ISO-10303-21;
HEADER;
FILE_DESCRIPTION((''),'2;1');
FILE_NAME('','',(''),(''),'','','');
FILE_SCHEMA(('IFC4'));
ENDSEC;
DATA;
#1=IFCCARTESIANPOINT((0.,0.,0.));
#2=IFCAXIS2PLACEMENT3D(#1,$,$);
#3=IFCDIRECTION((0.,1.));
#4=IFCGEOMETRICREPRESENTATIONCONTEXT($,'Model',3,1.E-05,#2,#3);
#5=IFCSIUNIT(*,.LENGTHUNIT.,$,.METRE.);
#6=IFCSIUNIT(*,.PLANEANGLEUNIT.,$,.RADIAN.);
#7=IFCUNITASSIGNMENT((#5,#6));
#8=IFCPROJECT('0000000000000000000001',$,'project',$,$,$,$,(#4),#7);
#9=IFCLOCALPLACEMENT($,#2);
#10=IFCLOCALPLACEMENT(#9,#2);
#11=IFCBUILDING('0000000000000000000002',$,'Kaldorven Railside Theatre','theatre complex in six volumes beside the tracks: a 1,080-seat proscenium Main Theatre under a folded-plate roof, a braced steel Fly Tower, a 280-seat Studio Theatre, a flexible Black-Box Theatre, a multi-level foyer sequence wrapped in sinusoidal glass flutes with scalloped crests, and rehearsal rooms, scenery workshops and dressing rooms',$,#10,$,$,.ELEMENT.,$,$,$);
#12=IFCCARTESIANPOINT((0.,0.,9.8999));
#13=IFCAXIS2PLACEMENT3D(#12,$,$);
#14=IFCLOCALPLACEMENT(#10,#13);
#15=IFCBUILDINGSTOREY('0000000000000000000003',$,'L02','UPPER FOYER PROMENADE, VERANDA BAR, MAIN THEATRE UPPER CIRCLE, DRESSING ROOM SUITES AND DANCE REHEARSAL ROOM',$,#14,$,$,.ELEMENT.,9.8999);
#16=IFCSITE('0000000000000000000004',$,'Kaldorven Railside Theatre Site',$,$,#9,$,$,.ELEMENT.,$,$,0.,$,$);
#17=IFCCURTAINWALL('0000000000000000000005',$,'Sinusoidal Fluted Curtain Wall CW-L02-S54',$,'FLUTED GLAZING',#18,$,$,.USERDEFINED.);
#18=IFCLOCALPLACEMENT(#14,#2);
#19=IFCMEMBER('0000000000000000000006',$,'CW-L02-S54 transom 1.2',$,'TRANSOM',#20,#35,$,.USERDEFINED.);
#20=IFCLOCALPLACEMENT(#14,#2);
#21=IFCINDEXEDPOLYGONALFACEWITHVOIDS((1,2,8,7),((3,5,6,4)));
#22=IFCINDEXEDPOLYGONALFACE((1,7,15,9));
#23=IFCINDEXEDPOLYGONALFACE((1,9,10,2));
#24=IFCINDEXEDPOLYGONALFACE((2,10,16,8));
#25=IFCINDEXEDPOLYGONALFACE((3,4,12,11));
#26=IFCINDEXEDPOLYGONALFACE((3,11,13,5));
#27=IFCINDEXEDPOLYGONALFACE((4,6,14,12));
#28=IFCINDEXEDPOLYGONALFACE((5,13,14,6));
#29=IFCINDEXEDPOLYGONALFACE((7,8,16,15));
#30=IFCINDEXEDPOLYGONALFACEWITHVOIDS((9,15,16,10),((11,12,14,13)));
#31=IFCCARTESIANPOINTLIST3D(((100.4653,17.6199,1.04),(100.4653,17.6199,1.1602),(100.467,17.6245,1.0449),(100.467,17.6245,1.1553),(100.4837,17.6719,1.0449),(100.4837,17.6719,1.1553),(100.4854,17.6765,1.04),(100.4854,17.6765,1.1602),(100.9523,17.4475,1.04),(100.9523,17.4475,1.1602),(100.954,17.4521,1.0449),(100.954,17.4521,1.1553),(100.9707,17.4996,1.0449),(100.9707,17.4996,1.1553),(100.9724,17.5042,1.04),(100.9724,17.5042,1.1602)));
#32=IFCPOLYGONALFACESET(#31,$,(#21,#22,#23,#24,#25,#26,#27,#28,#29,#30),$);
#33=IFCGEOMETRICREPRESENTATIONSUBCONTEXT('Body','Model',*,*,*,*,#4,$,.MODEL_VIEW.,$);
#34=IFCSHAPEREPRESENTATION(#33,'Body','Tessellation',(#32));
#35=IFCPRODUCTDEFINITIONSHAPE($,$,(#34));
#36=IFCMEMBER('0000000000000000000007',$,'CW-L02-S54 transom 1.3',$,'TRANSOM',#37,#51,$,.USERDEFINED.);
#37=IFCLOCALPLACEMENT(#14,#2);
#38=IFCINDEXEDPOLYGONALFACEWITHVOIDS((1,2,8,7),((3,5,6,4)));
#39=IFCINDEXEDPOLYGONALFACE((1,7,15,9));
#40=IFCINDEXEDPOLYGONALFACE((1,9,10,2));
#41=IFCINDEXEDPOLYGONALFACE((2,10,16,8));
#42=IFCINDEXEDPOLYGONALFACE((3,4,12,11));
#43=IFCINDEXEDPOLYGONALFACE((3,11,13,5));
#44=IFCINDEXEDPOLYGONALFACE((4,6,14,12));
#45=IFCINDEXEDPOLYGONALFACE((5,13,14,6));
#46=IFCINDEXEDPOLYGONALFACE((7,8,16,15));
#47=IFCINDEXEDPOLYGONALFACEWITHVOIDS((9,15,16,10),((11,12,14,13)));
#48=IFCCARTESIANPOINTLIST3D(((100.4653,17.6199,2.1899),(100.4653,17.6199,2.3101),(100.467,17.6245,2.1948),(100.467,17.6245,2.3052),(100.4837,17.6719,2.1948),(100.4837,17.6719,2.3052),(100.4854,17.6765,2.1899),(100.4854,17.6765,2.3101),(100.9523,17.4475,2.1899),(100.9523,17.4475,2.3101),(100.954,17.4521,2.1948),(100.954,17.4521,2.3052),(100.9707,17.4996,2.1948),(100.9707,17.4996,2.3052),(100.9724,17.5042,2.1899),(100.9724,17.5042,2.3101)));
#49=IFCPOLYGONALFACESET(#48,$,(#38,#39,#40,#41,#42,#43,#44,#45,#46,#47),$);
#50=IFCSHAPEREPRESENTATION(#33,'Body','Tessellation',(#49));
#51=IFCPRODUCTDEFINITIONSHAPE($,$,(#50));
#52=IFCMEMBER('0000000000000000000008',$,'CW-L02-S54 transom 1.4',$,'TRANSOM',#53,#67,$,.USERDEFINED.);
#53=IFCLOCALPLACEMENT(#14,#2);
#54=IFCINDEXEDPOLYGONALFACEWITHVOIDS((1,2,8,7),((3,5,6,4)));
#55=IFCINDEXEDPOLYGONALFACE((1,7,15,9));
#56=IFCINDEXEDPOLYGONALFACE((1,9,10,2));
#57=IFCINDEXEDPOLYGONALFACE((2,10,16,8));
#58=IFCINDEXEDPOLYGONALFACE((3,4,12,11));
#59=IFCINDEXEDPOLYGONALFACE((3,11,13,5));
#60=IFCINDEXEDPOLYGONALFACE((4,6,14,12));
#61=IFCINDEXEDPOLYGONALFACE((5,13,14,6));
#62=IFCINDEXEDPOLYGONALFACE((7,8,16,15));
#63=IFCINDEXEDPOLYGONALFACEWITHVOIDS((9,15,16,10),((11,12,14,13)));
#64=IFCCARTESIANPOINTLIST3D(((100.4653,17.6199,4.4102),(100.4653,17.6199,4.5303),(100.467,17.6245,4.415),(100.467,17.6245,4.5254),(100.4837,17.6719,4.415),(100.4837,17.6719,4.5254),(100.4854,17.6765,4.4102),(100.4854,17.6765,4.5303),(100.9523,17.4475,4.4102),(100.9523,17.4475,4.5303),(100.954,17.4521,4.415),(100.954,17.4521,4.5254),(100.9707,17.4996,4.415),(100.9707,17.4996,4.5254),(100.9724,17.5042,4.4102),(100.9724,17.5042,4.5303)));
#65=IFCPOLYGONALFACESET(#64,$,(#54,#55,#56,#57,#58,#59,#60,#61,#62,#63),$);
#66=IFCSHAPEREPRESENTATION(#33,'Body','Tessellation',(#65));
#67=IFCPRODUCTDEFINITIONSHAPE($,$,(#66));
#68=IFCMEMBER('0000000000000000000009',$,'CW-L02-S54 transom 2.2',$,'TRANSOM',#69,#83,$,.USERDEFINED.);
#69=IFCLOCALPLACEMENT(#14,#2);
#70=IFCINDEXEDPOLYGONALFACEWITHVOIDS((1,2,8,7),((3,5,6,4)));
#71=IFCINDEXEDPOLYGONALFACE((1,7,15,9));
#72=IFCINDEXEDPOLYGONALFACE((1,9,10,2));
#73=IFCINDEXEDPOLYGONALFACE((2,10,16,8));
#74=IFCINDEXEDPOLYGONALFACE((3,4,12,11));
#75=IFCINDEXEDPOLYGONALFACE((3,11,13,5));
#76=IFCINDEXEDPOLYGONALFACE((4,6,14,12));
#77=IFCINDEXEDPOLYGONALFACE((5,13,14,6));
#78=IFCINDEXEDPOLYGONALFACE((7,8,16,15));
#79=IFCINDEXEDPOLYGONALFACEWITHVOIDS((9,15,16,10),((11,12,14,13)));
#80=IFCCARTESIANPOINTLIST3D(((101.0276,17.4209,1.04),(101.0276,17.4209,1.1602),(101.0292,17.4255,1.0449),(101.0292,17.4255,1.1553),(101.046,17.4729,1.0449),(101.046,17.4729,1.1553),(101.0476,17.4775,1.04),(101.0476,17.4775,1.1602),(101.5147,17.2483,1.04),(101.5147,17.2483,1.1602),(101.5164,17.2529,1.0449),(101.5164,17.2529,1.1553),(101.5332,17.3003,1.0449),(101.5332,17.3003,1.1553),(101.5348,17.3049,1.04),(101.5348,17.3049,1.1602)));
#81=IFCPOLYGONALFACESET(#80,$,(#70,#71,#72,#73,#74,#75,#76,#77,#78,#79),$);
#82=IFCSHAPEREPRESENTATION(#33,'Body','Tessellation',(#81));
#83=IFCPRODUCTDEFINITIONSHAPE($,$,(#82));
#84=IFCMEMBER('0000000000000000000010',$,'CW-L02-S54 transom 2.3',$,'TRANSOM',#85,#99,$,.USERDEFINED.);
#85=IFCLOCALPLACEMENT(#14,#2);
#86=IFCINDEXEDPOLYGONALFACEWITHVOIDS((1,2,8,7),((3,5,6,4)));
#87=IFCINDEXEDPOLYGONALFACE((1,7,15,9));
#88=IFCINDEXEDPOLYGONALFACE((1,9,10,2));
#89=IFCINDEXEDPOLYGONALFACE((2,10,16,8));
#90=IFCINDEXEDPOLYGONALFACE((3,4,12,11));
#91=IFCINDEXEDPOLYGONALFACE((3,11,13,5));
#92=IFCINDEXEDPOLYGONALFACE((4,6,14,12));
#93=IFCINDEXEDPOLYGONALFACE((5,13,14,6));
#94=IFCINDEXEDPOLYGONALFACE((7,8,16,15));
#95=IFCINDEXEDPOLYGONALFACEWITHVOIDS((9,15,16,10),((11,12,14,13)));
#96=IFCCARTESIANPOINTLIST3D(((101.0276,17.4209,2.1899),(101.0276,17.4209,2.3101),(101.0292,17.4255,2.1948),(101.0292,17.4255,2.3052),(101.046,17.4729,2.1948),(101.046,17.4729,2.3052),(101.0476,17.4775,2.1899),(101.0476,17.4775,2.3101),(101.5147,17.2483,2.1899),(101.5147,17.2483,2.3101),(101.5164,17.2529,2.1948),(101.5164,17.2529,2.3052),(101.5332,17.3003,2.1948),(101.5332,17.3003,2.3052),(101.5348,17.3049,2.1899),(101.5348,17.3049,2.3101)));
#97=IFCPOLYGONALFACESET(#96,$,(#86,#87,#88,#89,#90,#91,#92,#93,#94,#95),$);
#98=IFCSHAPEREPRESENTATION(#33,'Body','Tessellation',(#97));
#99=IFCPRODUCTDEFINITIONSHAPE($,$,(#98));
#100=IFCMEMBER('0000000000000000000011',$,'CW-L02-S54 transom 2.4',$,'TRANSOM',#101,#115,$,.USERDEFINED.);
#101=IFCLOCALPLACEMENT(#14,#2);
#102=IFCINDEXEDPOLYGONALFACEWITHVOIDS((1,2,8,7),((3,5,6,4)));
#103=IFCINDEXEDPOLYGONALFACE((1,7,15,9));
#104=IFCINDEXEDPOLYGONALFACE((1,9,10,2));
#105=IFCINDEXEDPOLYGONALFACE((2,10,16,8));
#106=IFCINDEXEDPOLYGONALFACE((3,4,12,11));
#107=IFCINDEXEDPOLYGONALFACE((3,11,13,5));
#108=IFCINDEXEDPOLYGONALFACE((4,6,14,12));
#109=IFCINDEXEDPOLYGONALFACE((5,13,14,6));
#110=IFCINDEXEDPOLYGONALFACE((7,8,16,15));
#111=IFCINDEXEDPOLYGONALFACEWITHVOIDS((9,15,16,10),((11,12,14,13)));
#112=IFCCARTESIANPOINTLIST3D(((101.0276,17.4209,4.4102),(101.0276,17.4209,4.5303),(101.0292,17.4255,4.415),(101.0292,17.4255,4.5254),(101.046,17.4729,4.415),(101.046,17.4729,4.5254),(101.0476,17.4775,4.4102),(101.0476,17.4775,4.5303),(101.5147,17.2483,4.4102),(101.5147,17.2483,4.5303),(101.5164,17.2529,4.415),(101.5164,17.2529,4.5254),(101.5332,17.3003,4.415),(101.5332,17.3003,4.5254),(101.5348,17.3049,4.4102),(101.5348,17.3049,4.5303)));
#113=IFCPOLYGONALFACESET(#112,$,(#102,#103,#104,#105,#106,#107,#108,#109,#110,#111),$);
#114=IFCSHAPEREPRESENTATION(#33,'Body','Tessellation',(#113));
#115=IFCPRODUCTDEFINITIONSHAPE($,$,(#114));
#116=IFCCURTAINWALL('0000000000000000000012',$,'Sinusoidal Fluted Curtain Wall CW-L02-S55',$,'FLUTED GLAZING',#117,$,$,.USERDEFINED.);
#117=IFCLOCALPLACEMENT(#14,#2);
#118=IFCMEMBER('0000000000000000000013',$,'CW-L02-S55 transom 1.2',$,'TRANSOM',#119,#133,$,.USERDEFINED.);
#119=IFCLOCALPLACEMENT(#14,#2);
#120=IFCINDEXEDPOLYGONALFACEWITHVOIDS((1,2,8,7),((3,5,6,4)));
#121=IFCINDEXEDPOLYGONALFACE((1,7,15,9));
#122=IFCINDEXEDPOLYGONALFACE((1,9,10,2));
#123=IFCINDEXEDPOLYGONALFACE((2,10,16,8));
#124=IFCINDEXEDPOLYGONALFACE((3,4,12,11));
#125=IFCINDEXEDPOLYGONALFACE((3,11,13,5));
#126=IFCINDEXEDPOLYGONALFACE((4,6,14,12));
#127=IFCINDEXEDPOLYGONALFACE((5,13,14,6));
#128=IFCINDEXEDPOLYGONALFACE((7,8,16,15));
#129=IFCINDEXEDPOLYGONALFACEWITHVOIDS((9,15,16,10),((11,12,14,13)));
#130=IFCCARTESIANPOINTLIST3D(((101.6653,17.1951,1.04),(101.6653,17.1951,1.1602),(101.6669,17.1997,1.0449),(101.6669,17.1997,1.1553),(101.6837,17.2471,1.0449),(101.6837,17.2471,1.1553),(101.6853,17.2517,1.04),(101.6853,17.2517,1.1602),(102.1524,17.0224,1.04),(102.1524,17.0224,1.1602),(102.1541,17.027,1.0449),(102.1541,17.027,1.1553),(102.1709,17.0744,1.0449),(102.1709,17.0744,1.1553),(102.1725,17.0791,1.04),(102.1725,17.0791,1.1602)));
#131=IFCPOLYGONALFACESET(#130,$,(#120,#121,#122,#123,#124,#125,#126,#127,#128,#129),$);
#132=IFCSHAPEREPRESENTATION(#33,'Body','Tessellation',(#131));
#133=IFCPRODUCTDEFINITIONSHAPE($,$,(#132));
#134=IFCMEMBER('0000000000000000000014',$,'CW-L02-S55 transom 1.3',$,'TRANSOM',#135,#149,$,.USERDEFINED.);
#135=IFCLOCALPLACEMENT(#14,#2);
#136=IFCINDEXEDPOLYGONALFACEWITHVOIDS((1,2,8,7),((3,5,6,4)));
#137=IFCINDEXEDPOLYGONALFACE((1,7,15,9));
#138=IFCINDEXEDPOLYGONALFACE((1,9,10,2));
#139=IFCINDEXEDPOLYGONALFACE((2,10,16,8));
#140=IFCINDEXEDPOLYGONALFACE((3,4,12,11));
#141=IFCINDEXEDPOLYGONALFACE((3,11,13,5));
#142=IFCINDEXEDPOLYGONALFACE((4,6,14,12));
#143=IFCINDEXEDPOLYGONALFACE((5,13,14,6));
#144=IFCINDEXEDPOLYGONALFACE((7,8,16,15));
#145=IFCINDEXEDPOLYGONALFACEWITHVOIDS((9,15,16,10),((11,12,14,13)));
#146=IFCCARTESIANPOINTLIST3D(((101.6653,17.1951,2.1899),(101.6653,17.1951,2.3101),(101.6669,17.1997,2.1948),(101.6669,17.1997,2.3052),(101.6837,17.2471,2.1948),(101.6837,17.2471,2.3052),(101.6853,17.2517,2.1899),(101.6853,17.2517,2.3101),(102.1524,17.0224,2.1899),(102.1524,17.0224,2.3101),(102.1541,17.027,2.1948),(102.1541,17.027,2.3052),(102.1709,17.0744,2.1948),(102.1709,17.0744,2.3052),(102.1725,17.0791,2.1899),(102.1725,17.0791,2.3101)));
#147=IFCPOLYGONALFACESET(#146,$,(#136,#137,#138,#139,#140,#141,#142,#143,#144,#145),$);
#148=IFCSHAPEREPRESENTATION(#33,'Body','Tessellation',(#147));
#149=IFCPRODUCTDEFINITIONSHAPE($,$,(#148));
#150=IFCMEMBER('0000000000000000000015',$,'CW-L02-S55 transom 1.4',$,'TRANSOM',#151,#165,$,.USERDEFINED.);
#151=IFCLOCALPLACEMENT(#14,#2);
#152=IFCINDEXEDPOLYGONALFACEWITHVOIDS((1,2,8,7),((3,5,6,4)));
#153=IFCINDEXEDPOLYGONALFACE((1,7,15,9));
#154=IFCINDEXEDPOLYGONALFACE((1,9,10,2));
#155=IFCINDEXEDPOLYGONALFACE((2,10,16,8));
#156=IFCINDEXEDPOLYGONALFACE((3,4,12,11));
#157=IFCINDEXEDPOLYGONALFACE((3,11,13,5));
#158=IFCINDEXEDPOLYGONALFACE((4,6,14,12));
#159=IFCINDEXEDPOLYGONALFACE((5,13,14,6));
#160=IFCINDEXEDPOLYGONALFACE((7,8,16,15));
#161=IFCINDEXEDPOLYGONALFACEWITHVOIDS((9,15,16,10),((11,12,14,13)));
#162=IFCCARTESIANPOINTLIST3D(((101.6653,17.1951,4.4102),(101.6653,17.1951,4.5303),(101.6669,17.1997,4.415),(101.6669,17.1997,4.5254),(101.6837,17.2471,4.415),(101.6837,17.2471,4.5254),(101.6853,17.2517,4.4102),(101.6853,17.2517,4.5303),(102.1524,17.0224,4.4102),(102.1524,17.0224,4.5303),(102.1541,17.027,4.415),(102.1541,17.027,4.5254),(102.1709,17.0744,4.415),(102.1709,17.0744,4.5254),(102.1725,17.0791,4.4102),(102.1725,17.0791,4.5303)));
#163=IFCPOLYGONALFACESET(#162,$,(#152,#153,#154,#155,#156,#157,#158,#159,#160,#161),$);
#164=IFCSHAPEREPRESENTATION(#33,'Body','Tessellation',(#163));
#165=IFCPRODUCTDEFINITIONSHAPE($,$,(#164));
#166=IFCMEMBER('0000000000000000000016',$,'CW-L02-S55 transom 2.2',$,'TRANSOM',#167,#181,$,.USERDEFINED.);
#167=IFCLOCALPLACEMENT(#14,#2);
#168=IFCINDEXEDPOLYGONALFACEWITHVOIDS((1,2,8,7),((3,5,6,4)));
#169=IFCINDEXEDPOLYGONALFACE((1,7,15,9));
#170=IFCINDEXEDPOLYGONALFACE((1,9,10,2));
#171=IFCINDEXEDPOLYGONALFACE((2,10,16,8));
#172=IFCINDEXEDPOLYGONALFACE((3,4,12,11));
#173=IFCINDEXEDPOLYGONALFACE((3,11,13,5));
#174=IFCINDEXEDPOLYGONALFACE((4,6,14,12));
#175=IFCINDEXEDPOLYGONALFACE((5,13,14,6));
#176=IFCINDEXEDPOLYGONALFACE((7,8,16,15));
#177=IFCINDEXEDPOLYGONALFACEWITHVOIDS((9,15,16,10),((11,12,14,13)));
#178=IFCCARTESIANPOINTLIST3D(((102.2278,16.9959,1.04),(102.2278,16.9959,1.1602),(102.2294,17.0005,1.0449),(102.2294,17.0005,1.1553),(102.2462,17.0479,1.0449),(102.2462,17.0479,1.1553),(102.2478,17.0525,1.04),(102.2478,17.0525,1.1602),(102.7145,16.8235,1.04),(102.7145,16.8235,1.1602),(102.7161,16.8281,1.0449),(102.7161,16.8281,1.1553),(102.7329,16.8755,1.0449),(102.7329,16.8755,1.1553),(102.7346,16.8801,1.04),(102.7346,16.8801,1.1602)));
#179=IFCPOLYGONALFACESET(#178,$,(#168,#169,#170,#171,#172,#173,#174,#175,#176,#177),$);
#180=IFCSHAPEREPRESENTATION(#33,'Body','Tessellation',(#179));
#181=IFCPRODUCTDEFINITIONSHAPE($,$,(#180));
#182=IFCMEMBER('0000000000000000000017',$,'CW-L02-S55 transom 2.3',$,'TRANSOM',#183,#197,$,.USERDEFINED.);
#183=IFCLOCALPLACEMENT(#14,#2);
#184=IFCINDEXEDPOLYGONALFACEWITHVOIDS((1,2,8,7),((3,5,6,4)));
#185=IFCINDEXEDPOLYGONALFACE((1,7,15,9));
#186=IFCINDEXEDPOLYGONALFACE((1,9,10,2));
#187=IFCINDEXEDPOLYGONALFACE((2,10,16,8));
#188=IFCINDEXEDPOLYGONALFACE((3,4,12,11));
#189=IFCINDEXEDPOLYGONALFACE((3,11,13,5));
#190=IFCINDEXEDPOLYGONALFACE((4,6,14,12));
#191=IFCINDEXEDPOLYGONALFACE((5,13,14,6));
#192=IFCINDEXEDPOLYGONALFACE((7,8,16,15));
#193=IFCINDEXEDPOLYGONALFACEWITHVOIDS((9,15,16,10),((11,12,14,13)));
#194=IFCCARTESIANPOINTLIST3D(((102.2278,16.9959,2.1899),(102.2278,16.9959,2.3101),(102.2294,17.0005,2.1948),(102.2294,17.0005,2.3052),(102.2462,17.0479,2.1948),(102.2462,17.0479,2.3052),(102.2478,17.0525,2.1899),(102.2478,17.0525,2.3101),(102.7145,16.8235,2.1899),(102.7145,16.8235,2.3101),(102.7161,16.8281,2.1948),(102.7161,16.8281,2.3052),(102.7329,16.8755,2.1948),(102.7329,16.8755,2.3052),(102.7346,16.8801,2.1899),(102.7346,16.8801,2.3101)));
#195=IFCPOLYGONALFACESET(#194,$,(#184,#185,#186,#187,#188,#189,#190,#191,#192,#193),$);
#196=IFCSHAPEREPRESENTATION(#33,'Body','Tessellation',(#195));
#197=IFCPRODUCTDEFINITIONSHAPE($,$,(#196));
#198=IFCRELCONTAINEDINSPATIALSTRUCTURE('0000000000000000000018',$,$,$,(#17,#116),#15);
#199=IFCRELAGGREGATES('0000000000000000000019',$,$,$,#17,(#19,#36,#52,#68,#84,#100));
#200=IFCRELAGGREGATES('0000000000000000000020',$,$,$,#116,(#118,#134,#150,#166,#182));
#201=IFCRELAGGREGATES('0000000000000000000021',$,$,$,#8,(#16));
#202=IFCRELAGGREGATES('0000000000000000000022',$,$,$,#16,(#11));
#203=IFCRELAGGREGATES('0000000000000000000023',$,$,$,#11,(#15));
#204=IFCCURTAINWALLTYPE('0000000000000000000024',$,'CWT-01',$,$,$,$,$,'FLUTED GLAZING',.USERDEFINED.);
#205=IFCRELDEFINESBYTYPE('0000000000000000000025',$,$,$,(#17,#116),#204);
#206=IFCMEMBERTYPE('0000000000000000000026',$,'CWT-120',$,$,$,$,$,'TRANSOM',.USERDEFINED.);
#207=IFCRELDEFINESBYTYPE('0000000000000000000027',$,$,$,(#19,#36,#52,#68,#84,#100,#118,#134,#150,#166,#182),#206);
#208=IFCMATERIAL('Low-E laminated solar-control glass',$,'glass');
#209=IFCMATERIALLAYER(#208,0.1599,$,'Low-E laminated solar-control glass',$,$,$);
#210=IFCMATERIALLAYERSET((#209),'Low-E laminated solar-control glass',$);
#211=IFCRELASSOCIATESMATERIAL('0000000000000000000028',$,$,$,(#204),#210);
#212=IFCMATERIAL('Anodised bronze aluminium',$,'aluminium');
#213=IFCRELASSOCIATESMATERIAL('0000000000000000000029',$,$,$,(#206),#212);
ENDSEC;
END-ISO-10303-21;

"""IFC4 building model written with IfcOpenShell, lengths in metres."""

from ifc_helpers import new_model, si_unit, direction, frame, origin, origin_2d, place, context, subcontext, project, spatial, hollow_rectangle, extrude, material, layer, layer_set, material_profile, profile_set, type_object, element, aggregate, save


model = new_model("IFC4")

# Units and contexts
model_context = context("Model", 3, precision=1e-05, world=origin(), true_north=direction((0.0, 1.0)))
body_context = subcontext(model_context, "Body", "Model", "MODEL_VIEW")
ifc_project = project(units=[si_unit("LENGTHUNIT", "METRE"), si_unit("PLANEANGLEUNIT", "RADIAN")], contexts=[model_context])

# Site, building, storey
site_placement = place(None, origin())
site = spatial("IfcSite", under=ifc_project, at=site_placement, Name="Kaldorven Railside Theatre Site", CompositionType="ELEMENT", RefElevation=0.0)
building_placement = place(site_placement, origin())
building = spatial("IfcBuilding", under=site, at=building_placement, Name="Kaldorven Railside Theatre", Description="theatre complex in six volumes beside the tracks: a 1,080-seat proscenium Main Theatre under a folded-plate roof, a braced steel Fly Tower, a 280-seat Studio Theatre, a flexible Black-Box Theatre, a multi-level foyer sequence wrapped in sinusoidal glass flutes with scalloped crests, and rehearsal rooms, scenery workshops and dressing rooms", CompositionType="ELEMENT")
storey_placement = place(building_placement, frame((0.0, 0.0, 9.8999)))
storey = spatial("IfcBuildingStorey", under=building, at=storey_placement, Name="L02", Description="UPPER FOYER PROMENADE, VERANDA BAR, MAIN THEATRE UPPER CIRCLE, DRESSING ROOM SUITES AND DANCE REHEARSAL ROOM", CompositionType="ELEMENT", Elevation=9.8999)

# Curtain walls, members
ifc_material_1 = material(Name="Low-E laminated solar-control glass", Category="glass")
ifc_layer_1 = layer(ifc_material_1, 0.1599, Name="Low-E laminated solar-control glass")
ifc_layer_set_1 = layer_set([ifc_layer_1], Name="Low-E laminated solar-control glass")
curtain_wall_type_1 = type_object("IfcCurtainWallType", Name="CWT-01", ElementType="FLUTED GLAZING", PredefinedType="USERDEFINED", material=ifc_layer_set_1)
curtain_wall_1_placement = place(storey_placement, origin())
curtain_wall_1 = element("IfcCurtainWall", 1, at=curtain_wall_1_placement, inside=storey, type_object=curtain_wall_type_1, Name="Sinusoidal Fluted Curtain Wall CW-L02-S54", ObjectType="FLUTED GLAZING", PredefinedType="USERDEFINED")
ifc_material_2 = material(Name="Anodised bronze aluminium", Category="aluminium")
ifc_material_profile = material_profile(ifc_material_2, hollow_rectangle(XDim=0.0601, YDim=0.1201, WallThickness=0.0049, at=origin_2d()), Name="RHS 120x60x5")
ifc_profile_set = profile_set([ifc_material_profile], Name="Anodised bronze aluminium")
member_type = type_object("IfcMemberType", Name="CWT-120", ElementType="TRANSOM", PredefinedType="USERDEFINED", material=ifc_profile_set)
member_1_placement = place(storey_placement, frame((100.4753, 17.6482, 1.1001), z_axis=(0.942711, -0.333611, 0.0), x_axis=(0.333611, 0.942711, 0.0)))
member_1 = element("IfcMember", 2, at=member_1_placement, type_object=member_type, Name="CW-L02-S54 transom 1.2", ObjectType="TRANSOM", PredefinedType="USERDEFINED", context=body_context, shape_type="SweptSolid", body=[
    extrude(hollow_rectangle(XDim=0.0601, YDim=0.1201, WallThickness=0.0049, at=origin_2d()), origin(), (0.0, 0.0, 1.0), 0.5166),
])
member_2_placement = place(storey_placement, frame((100.4753, 17.6482, 2.25), z_axis=(0.942711, -0.333611, 0.0), x_axis=(0.333611, 0.942711, 0.0)))
member_2 = element("IfcMember", 3, at=member_2_placement, type_object=member_type, Name="CW-L02-S54 transom 1.3", ObjectType="TRANSOM", PredefinedType="USERDEFINED", context=body_context, shape_type="SweptSolid", body=[
    extrude(hollow_rectangle(XDim=0.0601, YDim=0.1201, WallThickness=0.0049, at=origin_2d()), origin(), (0.0, 0.0, 1.0), 0.5166),
])
member_3_placement = place(storey_placement, frame((100.4753, 17.6482, 4.4702), z_axis=(0.942711, -0.333611, 0.0), x_axis=(0.333611, 0.942711, 0.0)))
member_3 = element("IfcMember", 4, at=member_3_placement, type_object=member_type, Name="CW-L02-S54 transom 1.4", ObjectType="TRANSOM", PredefinedType="USERDEFINED", context=body_context, shape_type="SweptSolid", body=[
    extrude(hollow_rectangle(XDim=0.0601, YDim=0.1201, WallThickness=0.0049, at=origin_2d()), origin(), (0.0, 0.0, 1.0), 0.5166),
])
member_4_placement = place(storey_placement, frame((101.0376, 17.4492, 1.1001), z_axis=(0.942562, -0.334031, 0.0), x_axis=(0.334031, 0.942562, 0.0)))
member_4 = element("IfcMember", 5, at=member_4_placement, type_object=member_type, Name="CW-L02-S54 transom 2.2", ObjectType="TRANSOM", PredefinedType="USERDEFINED", context=body_context, shape_type="SweptSolid", body=[
    extrude(hollow_rectangle(XDim=0.0601, YDim=0.1201, WallThickness=0.0049, at=origin_2d()), origin(), (0.0, 0.0, 1.0), 0.5168),
])
member_5_placement = place(storey_placement, frame((101.0376, 17.4492, 2.25), z_axis=(0.942562, -0.334031, 0.0), x_axis=(0.334031, 0.942562, 0.0)))
member_5 = element("IfcMember", 6, at=member_5_placement, type_object=member_type, Name="CW-L02-S54 transom 2.3", ObjectType="TRANSOM", PredefinedType="USERDEFINED", context=body_context, shape_type="SweptSolid", body=[
    extrude(hollow_rectangle(XDim=0.0601, YDim=0.1201, WallThickness=0.0049, at=origin_2d()), origin(), (0.0, 0.0, 1.0), 0.5168),
])
member_6_placement = place(storey_placement, frame((101.0376, 17.4492, 4.4702), z_axis=(0.942562, -0.334031, 0.0), x_axis=(0.334031, 0.942562, 0.0)))
member_6 = element("IfcMember", 7, at=member_6_placement, type_object=member_type, Name="CW-L02-S54 transom 2.4", ObjectType="TRANSOM", PredefinedType="USERDEFINED", context=body_context, shape_type="SweptSolid", body=[
    extrude(hollow_rectangle(XDim=0.0601, YDim=0.1201, WallThickness=0.0049, at=origin_2d()), origin(), (0.0, 0.0, 1.0), 0.5168),
])
curtain_wall_2_placement = place(storey_placement, origin())
curtain_wall_2 = element("IfcCurtainWall", 8, at=curtain_wall_2_placement, inside=storey, type_object=curtain_wall_type_1, Name="Sinusoidal Fluted Curtain Wall CW-L02-S55", ObjectType="FLUTED GLAZING", PredefinedType="USERDEFINED")
member_7_placement = place(storey_placement, frame((101.6753, 17.2234, 1.1001), z_axis=(0.942562, -0.334031, 0.0), x_axis=(0.334031, 0.942562, 0.0)))
member_7 = element("IfcMember", 9, at=member_7_placement, type_object=member_type, Name="CW-L02-S55 transom 1.2", ObjectType="TRANSOM", PredefinedType="USERDEFINED", context=body_context, shape_type="SweptSolid", body=[
    extrude(hollow_rectangle(XDim=0.0601, YDim=0.1201, WallThickness=0.0049, at=origin_2d()), origin(), (0.0, 0.0, 1.0), 0.5168),
])
member_8_placement = place(storey_placement, frame((101.6753, 17.2234, 2.25), z_axis=(0.942562, -0.334031, 0.0), x_axis=(0.334031, 0.942562, 0.0)))
member_8 = element("IfcMember", 10, at=member_8_placement, type_object=member_type, Name="CW-L02-S55 transom 1.3", ObjectType="TRANSOM", PredefinedType="USERDEFINED", context=body_context, shape_type="SweptSolid", body=[
    extrude(hollow_rectangle(XDim=0.0601, YDim=0.1201, WallThickness=0.0049, at=origin_2d()), origin(), (0.0, 0.0, 1.0), 0.5168),
])
member_9_placement = place(storey_placement, frame((101.6753, 17.2234, 4.4702), z_axis=(0.942562, -0.334031, 0.0), x_axis=(0.334031, 0.942562, 0.0)))
member_9 = element("IfcMember", 11, at=member_9_placement, type_object=member_type, Name="CW-L02-S55 transom 1.4", ObjectType="TRANSOM", PredefinedType="USERDEFINED", context=body_context, shape_type="SweptSolid", body=[
    extrude(hollow_rectangle(XDim=0.0601, YDim=0.1201, WallThickness=0.0049, at=origin_2d()), origin(), (0.0, 0.0, 1.0), 0.5168),
])
member_10_placement = place(storey_placement, frame((102.2378, 17.0242, 1.1001), z_axis=(0.942658, -0.33376, 0.0), x_axis=(0.33376, 0.942658, 0.0)))
member_10 = element("IfcMember", 12, at=member_10_placement, type_object=member_type, Name="CW-L02-S55 transom 2.2", ObjectType="TRANSOM", PredefinedType="USERDEFINED", context=body_context, shape_type="SweptSolid", body=[
    extrude(hollow_rectangle(XDim=0.0601, YDim=0.1201, WallThickness=0.0049, at=origin_2d()), origin(), (0.0, 0.0, 1.0), 0.5164),
])
member_11_placement = place(storey_placement, frame((102.2378, 17.0242, 2.25), z_axis=(0.942658, -0.33376, 0.0), x_axis=(0.33376, 0.942658, 0.0)))
member_11 = element("IfcMember", 13, at=member_11_placement, type_object=member_type, Name="CW-L02-S55 transom 2.3", ObjectType="TRANSOM", PredefinedType="USERDEFINED", context=body_context, shape_type="SweptSolid", body=[
    extrude(hollow_rectangle(XDim=0.0601, YDim=0.1201, WallThickness=0.0049, at=origin_2d()), origin(), (0.0, 0.0, 1.0), 0.5164),
])

aggregate(curtain_wall_1, [member_1, member_2, member_3, member_4, member_5, member_6])
aggregate(curtain_wall_2, [member_7, member_8, member_9, member_10, member_11])

save(model, "model.ifc")
